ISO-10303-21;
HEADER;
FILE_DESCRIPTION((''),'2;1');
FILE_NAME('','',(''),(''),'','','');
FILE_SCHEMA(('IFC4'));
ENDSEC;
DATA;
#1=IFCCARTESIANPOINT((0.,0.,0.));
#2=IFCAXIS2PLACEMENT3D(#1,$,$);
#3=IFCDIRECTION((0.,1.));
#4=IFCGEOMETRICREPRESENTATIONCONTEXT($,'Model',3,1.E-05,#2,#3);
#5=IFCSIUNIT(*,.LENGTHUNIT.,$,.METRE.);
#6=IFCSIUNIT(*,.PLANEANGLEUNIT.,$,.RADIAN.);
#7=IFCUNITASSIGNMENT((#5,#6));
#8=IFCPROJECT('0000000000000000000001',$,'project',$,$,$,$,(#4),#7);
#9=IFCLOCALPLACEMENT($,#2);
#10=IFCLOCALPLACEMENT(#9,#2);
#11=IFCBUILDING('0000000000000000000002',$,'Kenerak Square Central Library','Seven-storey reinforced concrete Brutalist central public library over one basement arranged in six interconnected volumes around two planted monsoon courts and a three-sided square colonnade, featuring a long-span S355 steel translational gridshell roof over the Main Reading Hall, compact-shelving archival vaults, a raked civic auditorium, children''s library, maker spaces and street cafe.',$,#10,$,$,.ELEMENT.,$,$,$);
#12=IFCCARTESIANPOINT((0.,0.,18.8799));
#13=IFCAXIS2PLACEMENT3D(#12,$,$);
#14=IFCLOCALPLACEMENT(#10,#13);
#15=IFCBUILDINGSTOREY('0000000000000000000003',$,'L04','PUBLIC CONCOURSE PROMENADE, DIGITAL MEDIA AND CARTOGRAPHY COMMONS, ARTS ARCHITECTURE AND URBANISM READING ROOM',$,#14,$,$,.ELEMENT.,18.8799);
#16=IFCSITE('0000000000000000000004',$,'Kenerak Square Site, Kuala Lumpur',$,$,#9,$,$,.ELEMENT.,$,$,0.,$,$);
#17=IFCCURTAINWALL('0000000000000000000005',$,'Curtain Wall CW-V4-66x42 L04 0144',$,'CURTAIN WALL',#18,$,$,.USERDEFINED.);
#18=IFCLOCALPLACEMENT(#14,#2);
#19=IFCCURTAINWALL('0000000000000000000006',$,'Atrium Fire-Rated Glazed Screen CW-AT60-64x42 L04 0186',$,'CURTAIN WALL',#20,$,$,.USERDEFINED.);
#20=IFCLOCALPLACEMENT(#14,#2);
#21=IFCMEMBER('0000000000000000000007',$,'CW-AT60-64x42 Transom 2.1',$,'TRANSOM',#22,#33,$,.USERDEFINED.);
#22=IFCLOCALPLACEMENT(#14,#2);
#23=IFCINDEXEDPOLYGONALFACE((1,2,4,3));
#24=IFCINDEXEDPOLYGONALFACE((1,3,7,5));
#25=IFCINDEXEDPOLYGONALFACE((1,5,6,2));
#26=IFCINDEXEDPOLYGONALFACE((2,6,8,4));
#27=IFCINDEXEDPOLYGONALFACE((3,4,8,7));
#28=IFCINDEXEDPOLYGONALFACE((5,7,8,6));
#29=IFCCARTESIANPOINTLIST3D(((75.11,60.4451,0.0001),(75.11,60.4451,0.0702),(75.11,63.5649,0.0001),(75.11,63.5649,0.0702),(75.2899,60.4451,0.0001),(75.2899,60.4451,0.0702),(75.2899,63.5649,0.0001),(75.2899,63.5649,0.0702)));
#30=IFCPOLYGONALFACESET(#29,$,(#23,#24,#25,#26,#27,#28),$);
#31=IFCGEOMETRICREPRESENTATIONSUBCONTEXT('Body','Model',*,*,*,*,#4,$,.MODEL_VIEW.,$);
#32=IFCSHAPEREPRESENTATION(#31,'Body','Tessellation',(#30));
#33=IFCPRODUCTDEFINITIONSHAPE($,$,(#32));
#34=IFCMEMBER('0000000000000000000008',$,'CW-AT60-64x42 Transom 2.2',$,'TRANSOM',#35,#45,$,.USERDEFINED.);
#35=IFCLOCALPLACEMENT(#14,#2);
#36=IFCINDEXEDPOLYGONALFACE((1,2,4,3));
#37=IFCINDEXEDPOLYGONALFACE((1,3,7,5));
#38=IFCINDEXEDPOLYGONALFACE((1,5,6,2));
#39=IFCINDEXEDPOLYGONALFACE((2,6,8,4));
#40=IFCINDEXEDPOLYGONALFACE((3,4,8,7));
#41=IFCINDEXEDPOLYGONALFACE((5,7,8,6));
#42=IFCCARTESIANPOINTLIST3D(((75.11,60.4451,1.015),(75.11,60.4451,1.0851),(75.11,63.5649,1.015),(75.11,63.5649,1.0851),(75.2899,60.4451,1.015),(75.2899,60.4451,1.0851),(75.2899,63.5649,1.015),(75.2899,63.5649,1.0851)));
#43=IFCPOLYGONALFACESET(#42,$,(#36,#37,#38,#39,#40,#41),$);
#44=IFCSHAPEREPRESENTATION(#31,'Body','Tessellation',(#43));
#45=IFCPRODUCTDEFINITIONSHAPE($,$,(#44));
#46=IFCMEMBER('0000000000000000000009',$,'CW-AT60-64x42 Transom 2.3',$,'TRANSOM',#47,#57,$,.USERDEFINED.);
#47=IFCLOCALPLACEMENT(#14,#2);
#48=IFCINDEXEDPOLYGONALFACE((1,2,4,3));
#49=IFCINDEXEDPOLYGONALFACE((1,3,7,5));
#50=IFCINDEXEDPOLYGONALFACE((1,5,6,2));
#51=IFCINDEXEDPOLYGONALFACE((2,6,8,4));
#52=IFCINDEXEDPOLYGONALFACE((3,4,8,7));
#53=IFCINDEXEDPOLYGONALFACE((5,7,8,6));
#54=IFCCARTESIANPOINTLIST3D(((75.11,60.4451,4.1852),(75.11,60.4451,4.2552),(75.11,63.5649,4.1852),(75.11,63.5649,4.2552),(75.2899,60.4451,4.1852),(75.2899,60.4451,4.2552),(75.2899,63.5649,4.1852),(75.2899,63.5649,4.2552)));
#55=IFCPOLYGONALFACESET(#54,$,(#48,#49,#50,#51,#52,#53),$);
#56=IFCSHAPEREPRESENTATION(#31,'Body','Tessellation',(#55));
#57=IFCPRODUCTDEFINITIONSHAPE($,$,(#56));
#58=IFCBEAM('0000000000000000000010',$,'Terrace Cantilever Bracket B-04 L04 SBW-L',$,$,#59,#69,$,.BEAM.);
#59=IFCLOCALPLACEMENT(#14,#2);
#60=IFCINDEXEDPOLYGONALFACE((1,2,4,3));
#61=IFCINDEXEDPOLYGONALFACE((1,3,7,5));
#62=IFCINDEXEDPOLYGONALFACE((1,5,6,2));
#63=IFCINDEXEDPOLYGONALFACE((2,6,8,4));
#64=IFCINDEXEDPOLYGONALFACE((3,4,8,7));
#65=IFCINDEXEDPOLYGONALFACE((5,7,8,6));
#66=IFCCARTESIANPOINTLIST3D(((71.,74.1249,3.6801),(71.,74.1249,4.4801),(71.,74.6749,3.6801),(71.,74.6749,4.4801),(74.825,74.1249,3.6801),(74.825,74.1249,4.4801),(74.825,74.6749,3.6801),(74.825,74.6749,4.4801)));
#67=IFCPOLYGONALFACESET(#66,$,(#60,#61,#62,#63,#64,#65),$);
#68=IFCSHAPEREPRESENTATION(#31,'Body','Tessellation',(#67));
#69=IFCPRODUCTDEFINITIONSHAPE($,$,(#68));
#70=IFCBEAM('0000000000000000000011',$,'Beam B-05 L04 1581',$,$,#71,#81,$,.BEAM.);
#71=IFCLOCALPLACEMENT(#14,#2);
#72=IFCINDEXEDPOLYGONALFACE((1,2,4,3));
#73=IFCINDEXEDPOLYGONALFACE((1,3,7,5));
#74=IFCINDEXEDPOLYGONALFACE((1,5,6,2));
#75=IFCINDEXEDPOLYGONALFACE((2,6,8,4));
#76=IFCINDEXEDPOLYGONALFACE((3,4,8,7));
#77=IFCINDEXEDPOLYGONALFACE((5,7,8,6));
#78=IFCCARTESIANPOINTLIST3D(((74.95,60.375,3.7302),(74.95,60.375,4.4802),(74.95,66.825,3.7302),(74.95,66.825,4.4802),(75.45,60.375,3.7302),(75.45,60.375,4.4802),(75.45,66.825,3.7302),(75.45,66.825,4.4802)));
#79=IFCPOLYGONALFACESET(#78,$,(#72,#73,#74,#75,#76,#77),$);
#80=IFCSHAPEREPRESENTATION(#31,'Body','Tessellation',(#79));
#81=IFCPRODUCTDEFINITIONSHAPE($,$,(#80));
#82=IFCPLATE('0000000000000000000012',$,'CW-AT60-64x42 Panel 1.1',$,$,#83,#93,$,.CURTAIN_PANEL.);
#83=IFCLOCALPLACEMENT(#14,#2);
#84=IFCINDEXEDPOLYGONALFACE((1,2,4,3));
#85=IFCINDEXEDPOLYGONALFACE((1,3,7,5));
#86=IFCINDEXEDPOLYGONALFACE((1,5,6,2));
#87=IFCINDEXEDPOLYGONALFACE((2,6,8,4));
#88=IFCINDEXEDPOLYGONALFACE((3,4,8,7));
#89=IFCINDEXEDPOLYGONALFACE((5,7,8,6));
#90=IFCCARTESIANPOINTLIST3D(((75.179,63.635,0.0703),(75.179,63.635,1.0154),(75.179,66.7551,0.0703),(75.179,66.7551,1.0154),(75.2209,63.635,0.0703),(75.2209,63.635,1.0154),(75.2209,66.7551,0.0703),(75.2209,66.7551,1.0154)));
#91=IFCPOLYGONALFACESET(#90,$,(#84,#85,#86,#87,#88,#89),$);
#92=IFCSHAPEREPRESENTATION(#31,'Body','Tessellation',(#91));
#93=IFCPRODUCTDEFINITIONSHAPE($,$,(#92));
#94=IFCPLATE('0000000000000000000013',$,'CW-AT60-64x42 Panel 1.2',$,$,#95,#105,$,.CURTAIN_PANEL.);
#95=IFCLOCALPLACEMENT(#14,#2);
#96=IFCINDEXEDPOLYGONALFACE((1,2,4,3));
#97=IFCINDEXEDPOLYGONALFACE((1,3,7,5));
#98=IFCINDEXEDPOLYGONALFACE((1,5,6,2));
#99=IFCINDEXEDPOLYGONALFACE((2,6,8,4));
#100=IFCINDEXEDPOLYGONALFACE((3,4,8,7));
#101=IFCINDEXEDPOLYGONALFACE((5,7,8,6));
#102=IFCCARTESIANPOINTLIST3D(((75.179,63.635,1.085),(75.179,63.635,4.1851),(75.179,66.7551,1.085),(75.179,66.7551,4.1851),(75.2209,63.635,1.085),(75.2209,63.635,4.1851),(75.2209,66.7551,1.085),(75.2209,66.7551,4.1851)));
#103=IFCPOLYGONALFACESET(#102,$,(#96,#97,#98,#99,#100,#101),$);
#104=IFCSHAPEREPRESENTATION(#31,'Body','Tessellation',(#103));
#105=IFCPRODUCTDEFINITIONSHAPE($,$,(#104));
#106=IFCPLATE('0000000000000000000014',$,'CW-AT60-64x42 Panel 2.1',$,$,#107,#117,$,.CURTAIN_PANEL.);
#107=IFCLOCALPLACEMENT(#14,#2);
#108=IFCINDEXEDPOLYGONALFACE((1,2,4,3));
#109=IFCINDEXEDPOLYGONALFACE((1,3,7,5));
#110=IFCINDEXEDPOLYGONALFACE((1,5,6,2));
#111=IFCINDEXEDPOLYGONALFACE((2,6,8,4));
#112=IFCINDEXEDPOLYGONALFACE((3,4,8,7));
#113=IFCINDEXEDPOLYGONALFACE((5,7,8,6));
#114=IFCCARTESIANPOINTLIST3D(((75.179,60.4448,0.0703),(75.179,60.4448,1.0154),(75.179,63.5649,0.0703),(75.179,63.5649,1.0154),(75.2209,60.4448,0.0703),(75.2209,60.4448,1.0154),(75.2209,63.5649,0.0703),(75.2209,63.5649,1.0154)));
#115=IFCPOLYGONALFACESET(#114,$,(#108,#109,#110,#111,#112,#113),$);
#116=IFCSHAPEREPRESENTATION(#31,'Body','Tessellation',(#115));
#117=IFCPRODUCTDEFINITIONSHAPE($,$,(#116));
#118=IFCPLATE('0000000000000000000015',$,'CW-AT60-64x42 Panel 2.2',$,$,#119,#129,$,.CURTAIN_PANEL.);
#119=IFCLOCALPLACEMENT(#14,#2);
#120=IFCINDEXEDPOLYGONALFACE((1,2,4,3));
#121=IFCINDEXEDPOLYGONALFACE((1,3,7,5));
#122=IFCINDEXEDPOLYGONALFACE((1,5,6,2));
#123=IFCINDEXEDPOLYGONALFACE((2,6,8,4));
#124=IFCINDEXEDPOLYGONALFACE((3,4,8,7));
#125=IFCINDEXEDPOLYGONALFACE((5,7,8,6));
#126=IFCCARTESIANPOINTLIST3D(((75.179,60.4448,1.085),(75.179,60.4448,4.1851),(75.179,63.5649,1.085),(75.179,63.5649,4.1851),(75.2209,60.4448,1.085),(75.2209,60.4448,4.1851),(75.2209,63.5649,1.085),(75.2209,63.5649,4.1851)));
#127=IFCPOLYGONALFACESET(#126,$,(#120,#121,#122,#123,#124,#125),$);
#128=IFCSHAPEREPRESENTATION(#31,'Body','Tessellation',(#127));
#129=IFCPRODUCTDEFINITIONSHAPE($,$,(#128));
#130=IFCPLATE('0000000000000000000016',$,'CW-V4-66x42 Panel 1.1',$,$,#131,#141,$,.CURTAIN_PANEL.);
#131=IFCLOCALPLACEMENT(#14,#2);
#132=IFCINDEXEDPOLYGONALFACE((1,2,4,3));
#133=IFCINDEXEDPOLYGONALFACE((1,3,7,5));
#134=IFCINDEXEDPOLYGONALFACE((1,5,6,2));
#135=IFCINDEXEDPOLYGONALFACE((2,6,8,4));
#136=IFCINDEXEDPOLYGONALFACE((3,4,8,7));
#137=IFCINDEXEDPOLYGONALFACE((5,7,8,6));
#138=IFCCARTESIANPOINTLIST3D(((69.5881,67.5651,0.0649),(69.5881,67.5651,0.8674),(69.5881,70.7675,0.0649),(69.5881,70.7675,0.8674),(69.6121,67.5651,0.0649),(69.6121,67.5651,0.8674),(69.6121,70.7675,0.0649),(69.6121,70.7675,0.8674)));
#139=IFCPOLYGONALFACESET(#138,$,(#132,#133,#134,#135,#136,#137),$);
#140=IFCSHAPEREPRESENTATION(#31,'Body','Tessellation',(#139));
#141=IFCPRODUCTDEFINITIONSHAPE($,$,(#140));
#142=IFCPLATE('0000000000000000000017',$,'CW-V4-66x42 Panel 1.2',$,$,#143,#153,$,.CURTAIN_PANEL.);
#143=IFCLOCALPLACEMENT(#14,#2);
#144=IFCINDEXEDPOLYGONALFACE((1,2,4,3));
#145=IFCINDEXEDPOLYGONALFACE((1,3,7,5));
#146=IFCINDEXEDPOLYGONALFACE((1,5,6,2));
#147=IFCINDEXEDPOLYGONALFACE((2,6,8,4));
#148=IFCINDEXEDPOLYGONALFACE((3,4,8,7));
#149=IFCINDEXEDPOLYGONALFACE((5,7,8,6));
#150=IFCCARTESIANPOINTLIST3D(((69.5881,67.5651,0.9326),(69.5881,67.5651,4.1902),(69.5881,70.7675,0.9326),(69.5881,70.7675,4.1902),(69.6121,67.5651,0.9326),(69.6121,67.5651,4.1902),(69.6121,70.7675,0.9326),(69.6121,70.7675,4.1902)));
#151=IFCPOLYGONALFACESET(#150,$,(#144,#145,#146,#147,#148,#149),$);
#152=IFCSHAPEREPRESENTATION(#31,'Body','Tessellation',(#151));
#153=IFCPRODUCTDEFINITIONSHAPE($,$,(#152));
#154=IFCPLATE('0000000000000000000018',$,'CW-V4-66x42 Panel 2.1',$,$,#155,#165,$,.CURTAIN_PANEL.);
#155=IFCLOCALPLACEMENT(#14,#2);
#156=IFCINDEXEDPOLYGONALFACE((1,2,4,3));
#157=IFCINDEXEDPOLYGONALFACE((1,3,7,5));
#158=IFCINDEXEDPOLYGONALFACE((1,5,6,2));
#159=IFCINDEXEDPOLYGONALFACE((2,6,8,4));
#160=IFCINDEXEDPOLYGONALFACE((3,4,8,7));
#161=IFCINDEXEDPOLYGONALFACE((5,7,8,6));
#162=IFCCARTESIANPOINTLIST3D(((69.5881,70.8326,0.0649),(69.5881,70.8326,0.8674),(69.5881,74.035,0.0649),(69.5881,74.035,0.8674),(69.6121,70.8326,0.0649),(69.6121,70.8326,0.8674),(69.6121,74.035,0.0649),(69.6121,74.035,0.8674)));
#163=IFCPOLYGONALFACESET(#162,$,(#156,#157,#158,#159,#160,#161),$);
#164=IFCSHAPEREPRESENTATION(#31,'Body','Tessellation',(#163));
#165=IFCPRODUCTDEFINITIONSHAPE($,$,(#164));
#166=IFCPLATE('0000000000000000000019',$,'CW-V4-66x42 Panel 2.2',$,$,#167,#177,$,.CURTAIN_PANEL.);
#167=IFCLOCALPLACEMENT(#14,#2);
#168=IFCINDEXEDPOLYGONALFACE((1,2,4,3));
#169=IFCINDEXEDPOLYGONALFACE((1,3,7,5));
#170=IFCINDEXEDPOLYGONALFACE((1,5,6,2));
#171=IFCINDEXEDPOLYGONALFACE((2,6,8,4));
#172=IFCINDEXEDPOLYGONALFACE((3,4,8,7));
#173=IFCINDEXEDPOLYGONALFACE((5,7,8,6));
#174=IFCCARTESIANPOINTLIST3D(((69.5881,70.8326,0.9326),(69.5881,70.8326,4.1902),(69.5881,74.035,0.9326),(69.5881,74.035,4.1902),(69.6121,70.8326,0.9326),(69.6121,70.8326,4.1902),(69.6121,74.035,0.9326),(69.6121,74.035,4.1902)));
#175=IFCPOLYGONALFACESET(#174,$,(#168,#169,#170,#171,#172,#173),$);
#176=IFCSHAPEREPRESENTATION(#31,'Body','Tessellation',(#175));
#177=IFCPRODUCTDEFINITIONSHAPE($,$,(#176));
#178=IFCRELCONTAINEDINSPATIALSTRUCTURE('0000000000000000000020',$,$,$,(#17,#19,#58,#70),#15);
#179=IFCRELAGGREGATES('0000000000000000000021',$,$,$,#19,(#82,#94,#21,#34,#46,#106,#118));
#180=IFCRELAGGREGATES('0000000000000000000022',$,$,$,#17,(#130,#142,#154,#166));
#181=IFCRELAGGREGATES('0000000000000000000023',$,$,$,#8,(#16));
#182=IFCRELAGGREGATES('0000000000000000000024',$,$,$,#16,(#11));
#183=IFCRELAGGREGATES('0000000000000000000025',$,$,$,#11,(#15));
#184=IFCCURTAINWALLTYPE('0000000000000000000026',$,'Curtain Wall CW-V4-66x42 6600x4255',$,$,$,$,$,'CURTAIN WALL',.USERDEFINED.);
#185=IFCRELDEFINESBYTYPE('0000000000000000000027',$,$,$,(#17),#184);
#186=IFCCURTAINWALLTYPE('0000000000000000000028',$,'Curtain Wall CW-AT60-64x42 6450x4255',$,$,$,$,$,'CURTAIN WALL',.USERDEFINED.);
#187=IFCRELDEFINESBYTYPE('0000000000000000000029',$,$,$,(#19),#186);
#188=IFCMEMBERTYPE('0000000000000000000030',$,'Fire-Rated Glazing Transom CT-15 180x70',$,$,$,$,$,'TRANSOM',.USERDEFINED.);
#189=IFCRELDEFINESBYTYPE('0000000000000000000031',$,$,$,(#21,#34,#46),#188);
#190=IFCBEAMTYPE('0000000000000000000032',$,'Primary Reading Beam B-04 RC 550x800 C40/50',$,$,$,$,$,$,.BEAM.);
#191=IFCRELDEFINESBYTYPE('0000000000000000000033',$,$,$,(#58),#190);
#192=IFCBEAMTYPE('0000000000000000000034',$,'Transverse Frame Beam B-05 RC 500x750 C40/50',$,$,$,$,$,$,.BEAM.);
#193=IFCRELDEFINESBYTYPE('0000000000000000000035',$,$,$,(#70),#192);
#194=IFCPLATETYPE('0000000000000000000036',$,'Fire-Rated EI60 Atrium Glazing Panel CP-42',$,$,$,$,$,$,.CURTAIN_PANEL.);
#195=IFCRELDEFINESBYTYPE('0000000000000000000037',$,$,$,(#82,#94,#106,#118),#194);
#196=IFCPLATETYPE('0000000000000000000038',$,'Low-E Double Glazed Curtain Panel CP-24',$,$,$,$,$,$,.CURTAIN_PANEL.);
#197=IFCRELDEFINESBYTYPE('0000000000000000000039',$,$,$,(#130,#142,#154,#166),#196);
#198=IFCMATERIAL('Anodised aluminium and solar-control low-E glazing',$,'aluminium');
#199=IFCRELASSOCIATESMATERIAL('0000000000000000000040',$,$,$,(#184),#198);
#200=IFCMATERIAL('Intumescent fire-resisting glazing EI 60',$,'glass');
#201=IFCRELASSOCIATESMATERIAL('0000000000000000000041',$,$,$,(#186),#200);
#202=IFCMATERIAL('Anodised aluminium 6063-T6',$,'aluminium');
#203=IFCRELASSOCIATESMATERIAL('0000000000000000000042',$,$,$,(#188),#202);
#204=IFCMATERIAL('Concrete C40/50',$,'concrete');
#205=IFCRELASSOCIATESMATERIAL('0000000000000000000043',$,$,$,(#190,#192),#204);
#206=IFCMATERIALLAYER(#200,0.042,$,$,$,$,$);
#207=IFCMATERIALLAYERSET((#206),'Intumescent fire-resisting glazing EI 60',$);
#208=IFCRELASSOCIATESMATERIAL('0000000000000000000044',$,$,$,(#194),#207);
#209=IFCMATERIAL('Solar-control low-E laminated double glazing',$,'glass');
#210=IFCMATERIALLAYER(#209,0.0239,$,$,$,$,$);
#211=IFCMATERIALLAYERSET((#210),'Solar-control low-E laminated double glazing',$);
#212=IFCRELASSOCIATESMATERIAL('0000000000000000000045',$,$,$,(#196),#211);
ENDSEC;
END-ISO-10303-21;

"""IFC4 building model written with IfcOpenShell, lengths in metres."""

from ifc_helpers import new_model, si_unit, direction, frame, origin, origin_2d, place, context, subcontext, project, spatial, rectangle, extrude, material, layer, layer_set, material_profile, profile_set, type_object, element, aggregate, save


model = new_model("IFC4")

# Units and contexts
model_context = context("Model", 3, precision=1e-05, world=origin(), true_north=direction((0.0, 1.0)))
body_context = subcontext(model_context, "Body", "Model", "MODEL_VIEW")
ifc_project = project(units=[si_unit("LENGTHUNIT", "METRE"), si_unit("PLANEANGLEUNIT", "RADIAN")], contexts=[model_context])

# Site, building, storey
site_placement = place(None, origin())
site = spatial("IfcSite", under=ifc_project, at=site_placement, Name="Kenerak Square Site, Kuala Lumpur", CompositionType="ELEMENT", RefElevation=0.0)
building_placement = place(site_placement, origin())
building = spatial("IfcBuilding", under=site, at=building_placement, Name="Kenerak Square Central Library", Description="Seven-storey reinforced concrete Brutalist central public library over one basement arranged in six interconnected volumes around two planted monsoon courts and a three-sided square colonnade, featuring a long-span S355 steel translational gridshell roof over the Main Reading Hall, compact-shelving archival vaults, a raked civic auditorium, children's library, maker spaces and street cafe.", CompositionType="ELEMENT")
storey_placement = place(building_placement, frame((0.0, 0.0, 18.8799)))
storey = spatial("IfcBuildingStorey", under=building, at=storey_placement, Name="L04", Description="PUBLIC CONCOURSE PROMENADE, DIGITAL MEDIA AND CARTOGRAPHY COMMONS, ARTS ARCHITECTURE AND URBANISM READING ROOM", CompositionType="ELEMENT", Elevation=18.8799)

# Curtain walls, members
ifc_material_1 = material(Name="Anodised aluminium and solar-control low-E glazing", Category="aluminium")
curtain_wall_type_1 = type_object("IfcCurtainWallType", Name="Curtain Wall CW-V4-66x42 6600x4255", ElementType="CURTAIN WALL", PredefinedType="USERDEFINED", material=ifc_material_1)
curtain_wall_1_placement = place(storey_placement, origin())
curtain_wall_1 = element("IfcCurtainWall", 1, at=curtain_wall_1_placement, inside=storey, type_object=curtain_wall_type_1, Name="Curtain Wall CW-V4-66x42 L04 0144", ObjectType="CURTAIN WALL", PredefinedType="USERDEFINED")
ifc_material_2 = material(Name="Anodised aluminium 6063-T6", Category="aluminium")
ifc_material_3 = material(Name="Intumescent fire-resisting glazing EI 60", Category="glass")
curtain_wall_type_2 = type_object("IfcCurtainWallType", Name="Curtain Wall CW-AT60-64x42 6450x4255", ElementType="CURTAIN WALL", PredefinedType="USERDEFINED", material=ifc_material_3)
curtain_wall_2_placement = place(storey_placement, origin())
curtain_wall_2 = element("IfcCurtainWall", 2, at=curtain_wall_2_placement, inside=storey, type_object=curtain_wall_type_2, Name="Atrium Fire-Rated Glazed Screen CW-AT60-64x42 L04 0186", ObjectType="CURTAIN WALL", PredefinedType="USERDEFINED")
ifc_material_profile_1 = material_profile(ifc_material_2, rectangle(XDim=0.1799, YDim=0.0701, at=origin_2d()), Name="AL TRANSOM 180x70")
ifc_profile_set_1 = profile_set([ifc_material_profile_1], Name="Anodised aluminium 6063-T6")
member_type_1 = type_object("IfcMemberType", Name="Fire-Rated Glazing Transom CT-15 180x70", ElementType="TRANSOM", PredefinedType="USERDEFINED", material=ifc_profile_set_1)
member_1_placement = place(storey_placement, frame((75.2, 63.5649, 0.0352), z_axis=(0.0, -1.0, 0.0), x_axis=(1.0, 0.0, 0.0)))
member_1 = element("IfcMember", 3, at=member_1_placement, type_object=member_type_1, Name="CW-AT60-64x42 Transom 2.1", ObjectType="TRANSOM", PredefinedType="USERDEFINED", context=body_context, shape_type="SweptSolid", body=[
    extrude(rectangle(XDim=0.1799, YDim=0.0701, at=origin_2d()), origin(), (0.0, 0.0, 1.0), 3.1199),
])
member_2_placement = place(storey_placement, frame((75.2, 63.5649, 1.05), z_axis=(0.0, -1.0, 0.0), x_axis=(1.0, 0.0, 0.0)))
member_2 = element("IfcMember", 4, at=member_2_placement, type_object=member_type_1, Name="CW-AT60-64x42 Transom 2.2", ObjectType="TRANSOM", PredefinedType="USERDEFINED", context=body_context, shape_type="SweptSolid", body=[
    extrude(rectangle(XDim=0.1799, YDim=0.0701, at=origin_2d()), origin(), (0.0, 0.0, 1.0), 3.1199),
])
member_3_placement = place(storey_placement, frame((75.2, 63.5649, 4.2202), z_axis=(0.0, -1.0, 0.0), x_axis=(1.0, 0.0, 0.0)))
member_3 = element("IfcMember", 5, at=member_3_placement, type_object=member_type_1, Name="CW-AT60-64x42 Transom 2.3", ObjectType="TRANSOM", PredefinedType="USERDEFINED", context=body_context, shape_type="SweptSolid", body=[
    extrude(rectangle(XDim=0.1799, YDim=0.0701, at=origin_2d()), origin(), (0.0, 0.0, 1.0), 3.1199),
])

# Beams
ifc_material_4 = material(Name="Concrete C40/50", Category="concrete")
ifc_material_profile_2 = material_profile(ifc_material_4, rectangle(XDim=0.55, YDim=0.8, at=origin_2d()), Name="RC 550x800")
ifc_profile_set_2 = profile_set([ifc_material_profile_2], Name="Concrete C40/50")
beam_type_1 = type_object("IfcBeamType", Name="Primary Reading Beam B-04 RC 550x800 C40/50", PredefinedType="BEAM", material=ifc_profile_set_2)
beam_1_placement = place(storey_placement, frame((71.0, 74.3999, 4.0801), z_axis=(1.0, 0.0, 0.0), x_axis=(0.0, 1.0, 0.0)))
element("IfcBeam", 6, at=beam_1_placement, inside=storey, type_object=beam_type_1, Name="Terrace Cantilever Bracket B-04 L04 SBW-L", PredefinedType="BEAM", context=body_context, shape_type="SweptSolid", body=[
    extrude(rectangle(XDim=0.55, YDim=0.8, at=origin_2d()), origin(), (0.0, 0.0, 1.0), 3.825),
])
ifc_material_profile_3 = material_profile(ifc_material_4, rectangle(XDim=0.5, YDim=0.75, at=origin_2d()), Name="RC 500x750")
ifc_profile_set_3 = profile_set([ifc_material_profile_3], Name="Concrete C40/50")
beam_type_2 = type_object("IfcBeamType", Name="Transverse Frame Beam B-05 RC 500x750 C40/50", PredefinedType="BEAM", material=ifc_profile_set_3)
beam_2_placement = place(storey_placement, frame((75.2, 60.375, 4.1052), z_axis=(0.0, 1.0, 0.0), x_axis=(-1.0, 0.0, 0.0)))
element("IfcBeam", 7, at=beam_2_placement, inside=storey, type_object=beam_type_2, Name="Beam B-05 L04 1581", PredefinedType="BEAM", context=body_context, shape_type="SweptSolid", body=[
    extrude(rectangle(XDim=0.5, YDim=0.75, at=origin_2d()), origin(), (0.0, 0.0, 1.0), 6.45),
])

# Plates
ifc_layer_1 = layer(ifc_material_3, 0.042)
ifc_layer_set_1 = layer_set([ifc_layer_1], Name="Intumescent fire-resisting glazing EI 60")
plate_type_1 = type_object("IfcPlateType", Name="Fire-Rated EI60 Atrium Glazing Panel CP-42", PredefinedType="CURTAIN_PANEL", material=ifc_layer_set_1)
plate_1_placement = place(storey_placement, frame((75.2, 65.1951, 0.0703), z_axis=(0.0, 0.0, 1.0), x_axis=(0.0, -1.0, 0.0)))
plate_1 = element("IfcPlate", 8, at=plate_1_placement, type_object=plate_type_1, Name="CW-AT60-64x42 Panel 1.1", PredefinedType="CURTAIN_PANEL", context=body_context, shape_type="SweptSolid", body=[
    extrude(rectangle(XDim=3.1201, YDim=0.042, at=origin_2d()), origin(), (0.0, 0.0, 1.0), 0.9451),
])
plate_2_placement = place(storey_placement, frame((75.2, 65.1951, 1.085), z_axis=(0.0, 0.0, 1.0), x_axis=(0.0, -1.0, 0.0)))
plate_2 = element("IfcPlate", 9, at=plate_2_placement, type_object=plate_type_1, Name="CW-AT60-64x42 Panel 1.2", PredefinedType="CURTAIN_PANEL", context=body_context, shape_type="SweptSolid", body=[
    extrude(rectangle(XDim=3.1201, YDim=0.042, at=origin_2d()), origin(), (0.0, 0.0, 1.0), 3.1001),
])
plate_3_placement = place(storey_placement, frame((75.2, 62.0049, 0.0703), z_axis=(0.0, 0.0, 1.0), x_axis=(0.0, -1.0, 0.0)))
plate_3 = element("IfcPlate", 10, at=plate_3_placement, type_object=plate_type_1, Name="CW-AT60-64x42 Panel 2.1", PredefinedType="CURTAIN_PANEL", context=body_context, shape_type="SweptSolid", body=[
    extrude(rectangle(XDim=3.1201, YDim=0.042, at=origin_2d()), origin(), (0.0, 0.0, 1.0), 0.9451),
])
plate_4_placement = place(storey_placement, frame((75.2, 62.0049, 1.085), z_axis=(0.0, 0.0, 1.0), x_axis=(0.0, -1.0, 0.0)))
plate_4 = element("IfcPlate", 11, at=plate_4_placement, type_object=plate_type_1, Name="CW-AT60-64x42 Panel 2.2", PredefinedType="CURTAIN_PANEL", context=body_context, shape_type="SweptSolid", body=[
    extrude(rectangle(XDim=3.1201, YDim=0.042, at=origin_2d()), origin(), (0.0, 0.0, 1.0), 3.1001),
])
aggregate(curtain_wall_2, [plate_1, plate_2, member_1, member_2, member_3, plate_3, plate_4])
ifc_material_5 = material(Name="Solar-control low-E laminated double glazing", Category="glass")
ifc_layer_2 = layer(ifc_material_5, 0.0239)
ifc_layer_set_2 = layer_set([ifc_layer_2], Name="Solar-control low-E laminated double glazing")
plate_type_2 = type_object("IfcPlateType", Name="Low-E Double Glazed Curtain Panel CP-24", PredefinedType="CURTAIN_PANEL", material=ifc_layer_set_2)
plate_5_placement = place(storey_placement, frame((69.6001, 69.1663, 0.0649), z_axis=(0.0, 0.0, 1.0), x_axis=(0.0, 1.0, 0.0)))
plate_5 = element("IfcPlate", 12, at=plate_5_placement, type_object=plate_type_2, Name="CW-V4-66x42 Panel 1.1", PredefinedType="CURTAIN_PANEL", context=body_context, shape_type="SweptSolid", body=[
    extrude(rectangle(XDim=3.2024, YDim=0.0239, at=origin_2d()), origin(), (0.0, 0.0, 1.0), 0.8025),
])
plate_6_placement = place(storey_placement, frame((69.6001, 69.1663, 0.9326), z_axis=(0.0, 0.0, 1.0), x_axis=(0.0, 1.0, 0.0)))
plate_6 = element("IfcPlate", 13, at=plate_6_placement, type_object=plate_type_2, Name="CW-V4-66x42 Panel 1.2", PredefinedType="CURTAIN_PANEL", context=body_context, shape_type="SweptSolid", body=[
    extrude(rectangle(XDim=3.2024, YDim=0.0239, at=origin_2d()), origin(), (0.0, 0.0, 1.0), 3.2576),
])
plate_7_placement = place(storey_placement, frame((69.6001, 72.4338, 0.0649), z_axis=(0.0, 0.0, 1.0), x_axis=(0.0, 1.0, 0.0)))
plate_7 = element("IfcPlate", 14, at=plate_7_placement, type_object=plate_type_2, Name="CW-V4-66x42 Panel 2.1", PredefinedType="CURTAIN_PANEL", context=body_context, shape_type="SweptSolid", body=[
    extrude(rectangle(XDim=3.2024, YDim=0.0239, at=origin_2d()), origin(), (0.0, 0.0, 1.0), 0.8025),
])
plate_8_placement = place(storey_placement, frame((69.6001, 72.4338, 0.9326), z_axis=(0.0, 0.0, 1.0), x_axis=(0.0, 1.0, 0.0)))
plate_8 = element("IfcPlate", 15, at=plate_8_placement, type_object=plate_type_2, Name="CW-V4-66x42 Panel 2.2", PredefinedType="CURTAIN_PANEL", context=body_context, shape_type="SweptSolid", body=[
    extrude(rectangle(XDim=3.2024, YDim=0.0239, at=origin_2d()), origin(), (0.0, 0.0, 1.0), 3.2576),
])
aggregate(curtain_wall_1, [plate_5, plate_6, plate_7, plate_8])

save(model, "model.ifc")
